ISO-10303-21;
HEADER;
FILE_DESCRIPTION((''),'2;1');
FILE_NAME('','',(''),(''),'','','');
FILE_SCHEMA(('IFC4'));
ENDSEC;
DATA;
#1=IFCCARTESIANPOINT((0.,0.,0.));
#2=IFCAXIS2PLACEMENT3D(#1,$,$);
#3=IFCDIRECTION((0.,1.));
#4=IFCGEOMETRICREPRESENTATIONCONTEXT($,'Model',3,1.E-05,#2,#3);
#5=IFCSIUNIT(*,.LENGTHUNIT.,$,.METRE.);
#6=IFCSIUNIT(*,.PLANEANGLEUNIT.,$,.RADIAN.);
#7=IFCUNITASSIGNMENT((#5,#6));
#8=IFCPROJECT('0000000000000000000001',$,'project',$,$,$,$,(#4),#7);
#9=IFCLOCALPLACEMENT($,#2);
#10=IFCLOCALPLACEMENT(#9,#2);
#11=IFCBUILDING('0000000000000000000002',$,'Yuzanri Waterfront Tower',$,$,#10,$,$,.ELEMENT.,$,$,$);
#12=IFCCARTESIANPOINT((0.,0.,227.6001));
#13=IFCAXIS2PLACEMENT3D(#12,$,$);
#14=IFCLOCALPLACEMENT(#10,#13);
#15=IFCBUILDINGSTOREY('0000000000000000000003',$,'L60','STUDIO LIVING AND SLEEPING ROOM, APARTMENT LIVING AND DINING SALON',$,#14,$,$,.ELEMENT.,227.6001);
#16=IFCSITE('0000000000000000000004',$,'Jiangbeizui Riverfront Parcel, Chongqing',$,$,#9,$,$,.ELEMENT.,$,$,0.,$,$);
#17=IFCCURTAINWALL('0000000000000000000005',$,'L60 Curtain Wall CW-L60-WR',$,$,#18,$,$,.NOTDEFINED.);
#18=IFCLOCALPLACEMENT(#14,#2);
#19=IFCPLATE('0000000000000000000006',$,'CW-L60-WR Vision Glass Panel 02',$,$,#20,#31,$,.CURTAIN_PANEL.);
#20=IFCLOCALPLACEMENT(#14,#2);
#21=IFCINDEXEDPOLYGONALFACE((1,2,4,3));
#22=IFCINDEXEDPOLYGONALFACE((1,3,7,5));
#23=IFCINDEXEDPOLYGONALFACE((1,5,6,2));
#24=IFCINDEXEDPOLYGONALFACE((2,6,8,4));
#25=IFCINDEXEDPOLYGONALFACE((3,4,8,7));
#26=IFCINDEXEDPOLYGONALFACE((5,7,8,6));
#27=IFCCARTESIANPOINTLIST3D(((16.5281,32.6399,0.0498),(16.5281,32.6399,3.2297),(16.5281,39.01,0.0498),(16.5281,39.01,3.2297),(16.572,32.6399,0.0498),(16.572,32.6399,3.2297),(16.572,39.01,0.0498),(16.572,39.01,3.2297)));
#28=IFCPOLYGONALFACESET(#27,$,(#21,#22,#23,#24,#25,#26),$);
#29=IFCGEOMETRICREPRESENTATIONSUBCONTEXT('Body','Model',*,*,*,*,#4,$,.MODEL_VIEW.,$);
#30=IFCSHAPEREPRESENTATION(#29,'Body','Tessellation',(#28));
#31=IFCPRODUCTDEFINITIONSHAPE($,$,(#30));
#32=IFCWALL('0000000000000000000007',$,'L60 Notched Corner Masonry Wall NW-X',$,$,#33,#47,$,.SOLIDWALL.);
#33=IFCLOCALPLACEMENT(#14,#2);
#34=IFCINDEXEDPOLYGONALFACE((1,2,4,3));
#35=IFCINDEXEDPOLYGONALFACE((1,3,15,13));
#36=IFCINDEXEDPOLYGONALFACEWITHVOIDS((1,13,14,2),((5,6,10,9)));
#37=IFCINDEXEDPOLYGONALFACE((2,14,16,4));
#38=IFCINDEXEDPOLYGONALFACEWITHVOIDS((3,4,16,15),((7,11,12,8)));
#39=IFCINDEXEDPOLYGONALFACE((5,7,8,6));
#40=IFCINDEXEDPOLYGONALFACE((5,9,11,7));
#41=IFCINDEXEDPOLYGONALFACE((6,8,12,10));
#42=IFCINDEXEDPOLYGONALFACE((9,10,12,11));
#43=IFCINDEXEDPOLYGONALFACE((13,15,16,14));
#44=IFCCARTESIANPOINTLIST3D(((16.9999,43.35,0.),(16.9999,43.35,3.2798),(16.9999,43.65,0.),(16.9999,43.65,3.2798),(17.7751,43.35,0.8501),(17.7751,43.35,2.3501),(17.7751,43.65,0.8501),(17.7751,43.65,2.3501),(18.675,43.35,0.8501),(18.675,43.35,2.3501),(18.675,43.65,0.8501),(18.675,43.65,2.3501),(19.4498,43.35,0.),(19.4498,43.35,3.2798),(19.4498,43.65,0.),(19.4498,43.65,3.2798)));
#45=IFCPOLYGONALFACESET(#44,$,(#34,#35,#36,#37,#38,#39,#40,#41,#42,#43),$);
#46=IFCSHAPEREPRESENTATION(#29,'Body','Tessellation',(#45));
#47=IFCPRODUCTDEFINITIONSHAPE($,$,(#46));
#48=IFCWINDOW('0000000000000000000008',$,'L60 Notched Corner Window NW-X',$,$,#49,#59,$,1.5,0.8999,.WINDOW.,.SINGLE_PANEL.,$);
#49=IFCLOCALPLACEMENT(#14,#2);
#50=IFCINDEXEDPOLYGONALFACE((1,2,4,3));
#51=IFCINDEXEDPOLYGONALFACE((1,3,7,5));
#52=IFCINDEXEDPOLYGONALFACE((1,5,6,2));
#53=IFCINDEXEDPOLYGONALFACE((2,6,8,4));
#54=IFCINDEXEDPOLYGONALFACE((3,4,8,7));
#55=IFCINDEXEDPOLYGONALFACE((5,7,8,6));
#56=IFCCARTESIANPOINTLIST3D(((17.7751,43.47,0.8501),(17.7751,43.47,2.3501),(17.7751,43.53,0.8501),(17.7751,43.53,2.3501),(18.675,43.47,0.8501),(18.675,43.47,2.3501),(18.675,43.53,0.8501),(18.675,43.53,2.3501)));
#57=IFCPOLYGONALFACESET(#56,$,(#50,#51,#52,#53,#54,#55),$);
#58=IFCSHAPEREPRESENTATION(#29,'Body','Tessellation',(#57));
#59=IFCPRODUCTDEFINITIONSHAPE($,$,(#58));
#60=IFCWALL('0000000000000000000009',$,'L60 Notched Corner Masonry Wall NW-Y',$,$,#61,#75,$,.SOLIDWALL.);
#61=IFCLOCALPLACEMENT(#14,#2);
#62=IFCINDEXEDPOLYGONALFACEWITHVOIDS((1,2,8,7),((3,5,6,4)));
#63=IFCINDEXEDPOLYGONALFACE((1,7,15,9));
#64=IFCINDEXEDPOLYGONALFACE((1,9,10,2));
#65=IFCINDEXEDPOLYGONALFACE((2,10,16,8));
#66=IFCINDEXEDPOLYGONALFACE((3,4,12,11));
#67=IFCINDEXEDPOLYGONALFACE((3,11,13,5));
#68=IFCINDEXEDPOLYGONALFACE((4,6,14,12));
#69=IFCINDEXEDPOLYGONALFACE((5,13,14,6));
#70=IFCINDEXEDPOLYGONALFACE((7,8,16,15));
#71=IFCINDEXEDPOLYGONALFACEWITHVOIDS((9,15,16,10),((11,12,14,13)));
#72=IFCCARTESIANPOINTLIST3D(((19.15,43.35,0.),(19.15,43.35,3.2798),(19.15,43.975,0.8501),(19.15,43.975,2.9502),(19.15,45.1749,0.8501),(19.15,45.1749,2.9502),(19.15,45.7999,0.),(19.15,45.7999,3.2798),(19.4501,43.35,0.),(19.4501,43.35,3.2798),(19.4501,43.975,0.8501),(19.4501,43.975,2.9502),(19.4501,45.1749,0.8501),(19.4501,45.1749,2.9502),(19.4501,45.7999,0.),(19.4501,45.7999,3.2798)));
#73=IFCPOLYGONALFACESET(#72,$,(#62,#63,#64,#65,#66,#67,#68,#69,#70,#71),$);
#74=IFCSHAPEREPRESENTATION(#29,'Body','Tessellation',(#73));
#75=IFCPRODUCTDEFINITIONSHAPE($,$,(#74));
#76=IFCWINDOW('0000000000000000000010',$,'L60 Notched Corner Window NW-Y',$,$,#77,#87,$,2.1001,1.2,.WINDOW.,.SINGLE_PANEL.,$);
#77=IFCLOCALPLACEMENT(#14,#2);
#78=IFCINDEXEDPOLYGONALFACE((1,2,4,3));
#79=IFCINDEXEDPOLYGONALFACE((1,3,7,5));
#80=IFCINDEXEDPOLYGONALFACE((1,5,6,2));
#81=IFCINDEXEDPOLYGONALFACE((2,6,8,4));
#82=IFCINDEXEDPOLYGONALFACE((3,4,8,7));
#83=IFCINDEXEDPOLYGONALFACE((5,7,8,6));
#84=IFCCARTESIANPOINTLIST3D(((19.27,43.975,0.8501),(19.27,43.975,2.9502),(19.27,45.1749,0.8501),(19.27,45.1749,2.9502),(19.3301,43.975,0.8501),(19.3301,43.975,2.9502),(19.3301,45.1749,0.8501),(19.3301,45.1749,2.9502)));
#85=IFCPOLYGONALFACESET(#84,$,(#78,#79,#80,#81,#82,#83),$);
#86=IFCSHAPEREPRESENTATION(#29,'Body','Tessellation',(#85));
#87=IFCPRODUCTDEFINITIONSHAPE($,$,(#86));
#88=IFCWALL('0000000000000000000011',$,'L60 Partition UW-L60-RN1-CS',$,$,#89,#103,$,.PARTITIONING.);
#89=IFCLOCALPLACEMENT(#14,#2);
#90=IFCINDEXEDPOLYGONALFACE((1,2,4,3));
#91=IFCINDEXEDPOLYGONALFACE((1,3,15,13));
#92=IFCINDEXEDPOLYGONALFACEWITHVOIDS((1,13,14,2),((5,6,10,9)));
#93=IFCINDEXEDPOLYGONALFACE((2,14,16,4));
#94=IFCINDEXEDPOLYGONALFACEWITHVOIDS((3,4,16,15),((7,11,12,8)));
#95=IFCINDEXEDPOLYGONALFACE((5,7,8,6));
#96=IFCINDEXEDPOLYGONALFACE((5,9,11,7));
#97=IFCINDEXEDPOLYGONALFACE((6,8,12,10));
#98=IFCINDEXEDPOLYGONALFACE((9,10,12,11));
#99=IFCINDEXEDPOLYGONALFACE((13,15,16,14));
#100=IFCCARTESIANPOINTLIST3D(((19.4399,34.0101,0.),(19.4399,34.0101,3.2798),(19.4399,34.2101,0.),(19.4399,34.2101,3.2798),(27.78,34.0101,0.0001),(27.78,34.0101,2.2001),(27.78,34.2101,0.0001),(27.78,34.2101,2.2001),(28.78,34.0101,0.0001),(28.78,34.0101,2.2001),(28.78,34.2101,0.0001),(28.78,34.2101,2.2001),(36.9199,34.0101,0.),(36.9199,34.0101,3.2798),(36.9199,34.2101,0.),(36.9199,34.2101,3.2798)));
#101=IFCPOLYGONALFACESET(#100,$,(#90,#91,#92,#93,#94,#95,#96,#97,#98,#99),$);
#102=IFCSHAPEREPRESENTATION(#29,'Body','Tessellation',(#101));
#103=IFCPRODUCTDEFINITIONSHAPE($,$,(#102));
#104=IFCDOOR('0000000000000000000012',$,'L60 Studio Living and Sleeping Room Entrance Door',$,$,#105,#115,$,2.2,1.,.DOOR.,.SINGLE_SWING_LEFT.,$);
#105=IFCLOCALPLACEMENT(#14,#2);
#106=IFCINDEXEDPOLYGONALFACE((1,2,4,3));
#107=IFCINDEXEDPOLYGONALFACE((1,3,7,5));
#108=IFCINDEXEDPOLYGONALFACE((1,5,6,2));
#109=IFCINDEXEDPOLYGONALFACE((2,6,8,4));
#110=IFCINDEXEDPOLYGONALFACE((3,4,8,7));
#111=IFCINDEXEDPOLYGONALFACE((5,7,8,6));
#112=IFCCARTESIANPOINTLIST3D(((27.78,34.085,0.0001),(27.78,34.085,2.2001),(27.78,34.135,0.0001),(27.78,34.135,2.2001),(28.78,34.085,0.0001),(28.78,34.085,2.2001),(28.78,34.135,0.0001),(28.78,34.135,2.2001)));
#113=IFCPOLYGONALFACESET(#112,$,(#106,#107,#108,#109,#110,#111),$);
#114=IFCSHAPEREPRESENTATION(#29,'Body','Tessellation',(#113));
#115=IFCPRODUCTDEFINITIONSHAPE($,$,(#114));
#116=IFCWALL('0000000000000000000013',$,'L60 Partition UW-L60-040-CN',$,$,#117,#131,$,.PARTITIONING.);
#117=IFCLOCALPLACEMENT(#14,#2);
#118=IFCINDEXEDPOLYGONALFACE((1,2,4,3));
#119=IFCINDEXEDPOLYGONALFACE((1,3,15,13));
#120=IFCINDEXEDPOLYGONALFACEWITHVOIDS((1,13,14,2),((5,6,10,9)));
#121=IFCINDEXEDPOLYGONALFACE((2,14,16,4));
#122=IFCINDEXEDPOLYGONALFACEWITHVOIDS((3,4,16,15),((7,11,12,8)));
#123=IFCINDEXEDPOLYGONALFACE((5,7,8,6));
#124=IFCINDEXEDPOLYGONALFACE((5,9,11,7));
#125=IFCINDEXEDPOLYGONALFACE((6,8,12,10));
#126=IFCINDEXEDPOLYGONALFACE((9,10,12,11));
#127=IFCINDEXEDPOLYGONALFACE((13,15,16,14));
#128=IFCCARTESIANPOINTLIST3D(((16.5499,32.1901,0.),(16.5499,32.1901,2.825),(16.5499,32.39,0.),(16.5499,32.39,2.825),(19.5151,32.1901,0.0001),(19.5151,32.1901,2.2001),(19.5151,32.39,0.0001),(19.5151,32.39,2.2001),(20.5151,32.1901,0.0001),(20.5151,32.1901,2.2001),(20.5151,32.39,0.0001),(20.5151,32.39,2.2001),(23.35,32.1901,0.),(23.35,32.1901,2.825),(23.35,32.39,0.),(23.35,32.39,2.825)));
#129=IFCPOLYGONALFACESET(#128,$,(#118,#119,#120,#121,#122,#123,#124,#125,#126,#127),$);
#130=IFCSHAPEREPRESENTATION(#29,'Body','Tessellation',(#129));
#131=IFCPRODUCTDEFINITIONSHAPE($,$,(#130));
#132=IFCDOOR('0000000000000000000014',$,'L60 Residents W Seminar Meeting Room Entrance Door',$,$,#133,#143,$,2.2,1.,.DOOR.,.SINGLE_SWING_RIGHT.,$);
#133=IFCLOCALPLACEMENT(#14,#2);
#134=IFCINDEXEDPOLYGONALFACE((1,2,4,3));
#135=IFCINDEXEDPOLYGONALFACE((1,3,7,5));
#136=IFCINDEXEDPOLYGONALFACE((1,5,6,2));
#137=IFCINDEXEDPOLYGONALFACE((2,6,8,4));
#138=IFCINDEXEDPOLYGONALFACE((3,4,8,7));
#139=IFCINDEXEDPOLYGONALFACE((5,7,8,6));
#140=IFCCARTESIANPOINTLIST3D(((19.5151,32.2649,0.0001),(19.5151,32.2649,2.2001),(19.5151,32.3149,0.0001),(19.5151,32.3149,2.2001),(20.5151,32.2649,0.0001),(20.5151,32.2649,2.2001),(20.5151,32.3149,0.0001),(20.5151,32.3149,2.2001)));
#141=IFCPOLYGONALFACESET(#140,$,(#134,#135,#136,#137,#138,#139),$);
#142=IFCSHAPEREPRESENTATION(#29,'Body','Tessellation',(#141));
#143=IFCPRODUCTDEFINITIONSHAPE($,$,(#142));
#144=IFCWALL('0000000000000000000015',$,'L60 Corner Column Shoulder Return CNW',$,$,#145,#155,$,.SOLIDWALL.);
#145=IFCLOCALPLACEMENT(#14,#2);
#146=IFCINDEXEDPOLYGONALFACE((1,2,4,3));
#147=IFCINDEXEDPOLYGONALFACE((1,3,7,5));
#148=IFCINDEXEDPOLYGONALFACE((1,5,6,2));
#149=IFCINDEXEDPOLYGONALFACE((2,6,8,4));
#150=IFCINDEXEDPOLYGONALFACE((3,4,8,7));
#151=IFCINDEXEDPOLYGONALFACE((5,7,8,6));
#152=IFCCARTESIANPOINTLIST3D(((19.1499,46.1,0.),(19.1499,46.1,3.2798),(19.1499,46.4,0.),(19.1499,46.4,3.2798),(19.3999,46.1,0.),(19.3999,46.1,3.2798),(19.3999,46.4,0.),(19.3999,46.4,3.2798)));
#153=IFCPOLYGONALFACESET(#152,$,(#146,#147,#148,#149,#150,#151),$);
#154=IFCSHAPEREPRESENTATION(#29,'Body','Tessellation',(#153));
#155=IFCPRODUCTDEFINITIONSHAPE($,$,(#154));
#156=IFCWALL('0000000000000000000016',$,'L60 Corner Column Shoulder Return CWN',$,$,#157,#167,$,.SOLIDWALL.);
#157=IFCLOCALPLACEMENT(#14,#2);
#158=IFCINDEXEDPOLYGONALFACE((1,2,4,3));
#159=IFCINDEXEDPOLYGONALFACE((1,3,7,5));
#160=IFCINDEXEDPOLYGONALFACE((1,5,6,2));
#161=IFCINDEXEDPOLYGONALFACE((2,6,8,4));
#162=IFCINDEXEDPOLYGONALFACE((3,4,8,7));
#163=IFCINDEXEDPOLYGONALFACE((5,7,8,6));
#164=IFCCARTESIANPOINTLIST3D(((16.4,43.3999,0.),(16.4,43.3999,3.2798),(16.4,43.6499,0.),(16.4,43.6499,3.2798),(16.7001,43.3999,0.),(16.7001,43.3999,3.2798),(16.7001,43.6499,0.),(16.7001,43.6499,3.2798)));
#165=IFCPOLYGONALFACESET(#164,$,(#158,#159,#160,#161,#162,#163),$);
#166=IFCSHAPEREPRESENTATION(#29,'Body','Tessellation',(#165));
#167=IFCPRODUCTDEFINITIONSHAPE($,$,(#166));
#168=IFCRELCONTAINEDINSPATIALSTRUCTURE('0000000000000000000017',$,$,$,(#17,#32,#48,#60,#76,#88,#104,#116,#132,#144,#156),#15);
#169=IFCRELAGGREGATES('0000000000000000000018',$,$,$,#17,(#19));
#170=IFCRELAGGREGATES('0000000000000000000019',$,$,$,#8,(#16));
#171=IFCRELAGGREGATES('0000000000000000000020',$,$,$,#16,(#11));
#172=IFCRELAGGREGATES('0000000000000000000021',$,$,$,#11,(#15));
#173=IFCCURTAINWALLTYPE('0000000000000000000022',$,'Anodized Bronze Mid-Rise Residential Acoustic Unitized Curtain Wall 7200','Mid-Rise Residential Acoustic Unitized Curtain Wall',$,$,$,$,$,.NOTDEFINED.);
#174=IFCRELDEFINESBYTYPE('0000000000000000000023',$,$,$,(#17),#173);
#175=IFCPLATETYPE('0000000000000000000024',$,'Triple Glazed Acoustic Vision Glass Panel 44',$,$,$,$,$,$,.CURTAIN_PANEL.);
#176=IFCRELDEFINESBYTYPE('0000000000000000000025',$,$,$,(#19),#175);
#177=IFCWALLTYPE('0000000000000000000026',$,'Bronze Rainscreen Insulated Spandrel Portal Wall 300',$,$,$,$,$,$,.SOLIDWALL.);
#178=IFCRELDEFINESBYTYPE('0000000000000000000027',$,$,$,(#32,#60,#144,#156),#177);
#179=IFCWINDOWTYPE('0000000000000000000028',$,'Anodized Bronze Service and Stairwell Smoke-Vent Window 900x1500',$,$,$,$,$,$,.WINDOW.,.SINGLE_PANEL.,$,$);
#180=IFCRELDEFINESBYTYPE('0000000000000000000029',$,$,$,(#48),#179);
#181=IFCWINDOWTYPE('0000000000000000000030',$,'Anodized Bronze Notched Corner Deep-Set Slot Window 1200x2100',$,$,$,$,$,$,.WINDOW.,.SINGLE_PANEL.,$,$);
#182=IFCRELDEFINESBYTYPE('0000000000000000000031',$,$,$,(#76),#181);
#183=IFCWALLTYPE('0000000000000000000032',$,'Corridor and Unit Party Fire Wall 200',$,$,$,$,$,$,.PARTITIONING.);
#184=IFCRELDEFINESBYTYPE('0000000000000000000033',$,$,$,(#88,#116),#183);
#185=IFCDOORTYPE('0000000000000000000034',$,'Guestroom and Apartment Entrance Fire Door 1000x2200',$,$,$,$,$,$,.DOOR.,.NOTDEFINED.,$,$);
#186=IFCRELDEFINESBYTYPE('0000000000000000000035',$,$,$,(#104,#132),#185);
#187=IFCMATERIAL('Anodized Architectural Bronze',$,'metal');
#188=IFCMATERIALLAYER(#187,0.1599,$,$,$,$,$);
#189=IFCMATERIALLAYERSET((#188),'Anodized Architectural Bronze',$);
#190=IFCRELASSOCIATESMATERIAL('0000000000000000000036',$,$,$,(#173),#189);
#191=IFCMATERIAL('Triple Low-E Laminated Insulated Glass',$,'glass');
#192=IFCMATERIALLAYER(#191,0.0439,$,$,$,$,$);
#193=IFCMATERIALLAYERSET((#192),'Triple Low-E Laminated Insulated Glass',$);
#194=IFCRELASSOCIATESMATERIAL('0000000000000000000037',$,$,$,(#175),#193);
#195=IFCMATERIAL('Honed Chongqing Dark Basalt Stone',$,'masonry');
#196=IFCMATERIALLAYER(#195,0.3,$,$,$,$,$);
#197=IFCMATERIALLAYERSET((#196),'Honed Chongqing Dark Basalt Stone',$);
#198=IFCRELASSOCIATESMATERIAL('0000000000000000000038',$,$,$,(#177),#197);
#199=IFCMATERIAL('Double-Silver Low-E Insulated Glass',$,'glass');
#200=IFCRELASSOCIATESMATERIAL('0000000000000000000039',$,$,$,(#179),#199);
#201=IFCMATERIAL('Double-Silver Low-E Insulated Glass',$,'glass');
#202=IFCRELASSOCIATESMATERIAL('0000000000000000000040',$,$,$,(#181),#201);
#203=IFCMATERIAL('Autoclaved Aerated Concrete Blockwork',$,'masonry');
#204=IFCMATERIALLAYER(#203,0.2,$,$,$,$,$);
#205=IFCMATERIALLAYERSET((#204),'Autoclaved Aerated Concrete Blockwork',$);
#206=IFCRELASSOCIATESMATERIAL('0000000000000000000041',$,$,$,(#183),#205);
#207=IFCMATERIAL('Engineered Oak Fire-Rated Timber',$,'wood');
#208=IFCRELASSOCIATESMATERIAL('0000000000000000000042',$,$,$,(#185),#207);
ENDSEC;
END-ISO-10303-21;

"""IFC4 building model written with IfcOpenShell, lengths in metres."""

from ifc_helpers import new_model, si_unit, direction, frame, frame_2d, origin, origin_2d, place, context, subcontext, project, spatial, rectangle, extrude, source, transform, mapped, material, layer, layer_set, type_object, element, fill, aggregate, save


model = new_model("IFC4")

# Units and contexts
model_context = context("Model", 3, precision=1e-05, world=origin(), true_north=direction((0.0, 1.0)))
body_context = subcontext(model_context, "Body", "Model", "MODEL_VIEW")
ifc_project = project(units=[si_unit("LENGTHUNIT", "METRE"), si_unit("PLANEANGLEUNIT", "RADIAN")], contexts=[model_context])

# Site, building, storey
site_placement = place(None, origin())
site = spatial("IfcSite", under=ifc_project, at=site_placement, Name="Jiangbeizui Riverfront Parcel, Chongqing", CompositionType="ELEMENT", RefElevation=0.0)
building_placement = place(site_placement, origin())
building = spatial("IfcBuilding", under=site, at=building_placement, Name="Yuzanri Waterfront Tower", CompositionType="ELEMENT")
storey_placement = place(building_placement, frame((0.0, 0.0, 227.6001)))
storey = spatial("IfcBuildingStorey", under=building, at=storey_placement, Name="L60", Description="STUDIO LIVING AND SLEEPING ROOM, APARTMENT LIVING AND DINING SALON", CompositionType="ELEMENT", Elevation=227.6001)

# Curtain wall
ifc_material_1 = material(Name="Anodized Architectural Bronze", Category="metal")
ifc_layer_1 = layer(ifc_material_1, 0.1599)
ifc_layer_set_1 = layer_set([ifc_layer_1], Name="Anodized Architectural Bronze")
curtain_wall_type = type_object("IfcCurtainWallType", Name="Anodized Bronze Mid-Rise Residential Acoustic Unitized Curtain Wall 7200", Description="Mid-Rise Residential Acoustic Unitized Curtain Wall", PredefinedType="NOTDEFINED", material=ifc_layer_set_1)
curtain_wall_placement = place(storey_placement, origin())
curtain_wall = element("IfcCurtainWall", 1, at=curtain_wall_placement, inside=storey, type_object=curtain_wall_type, Name="L60 Curtain Wall CW-L60-WR", PredefinedType="NOTDEFINED")

# Plate
ifc_material_2 = material(Name="Triple Low-E Laminated Insulated Glass", Category="glass")
ifc_layer_2 = layer(ifc_material_2, 0.0439)
ifc_layer_set_2 = layer_set([ifc_layer_2], Name="Triple Low-E Laminated Insulated Glass")
plate_type_1 = type_object("IfcPlateType", Name="Triple Glazed Acoustic Vision Glass Panel 44", PredefinedType="CURTAIN_PANEL", material=ifc_layer_set_2)
shared_shape_1 = source(origin(), body_context, "Body", "SweptSolid", [
    extrude(rectangle(XDim=6.3701, YDim=0.0439, at=origin_2d()), origin(), (0.0, 0.0, 1.0), 3.1799),
])
plate_1_placement = place(storey_placement, frame((16.55, 35.825, 0.0498), z_axis=(0.0, 0.0, 1.0), x_axis=(0.0, 1.0, 0.0)))
plate_1 = element("IfcPlate", 2, at=plate_1_placement, type_object=plate_type_1, Name="CW-L60-WR Vision Glass Panel 02", PredefinedType="CURTAIN_PANEL", context=body_context, shape_type="MappedRepresentation", body=[
    mapped(shared_shape_1, transform((0.0, 0.0, 0.0), scale=1.0)),
])
aggregate(curtain_wall, [plate_1])

# Walls, openings, windows
ifc_material_3 = material(Name="Honed Chongqing Dark Basalt Stone", Category="masonry")
ifc_layer_3 = layer(ifc_material_3, 0.3)
ifc_layer_set_3 = layer_set([ifc_layer_3], Name="Honed Chongqing Dark Basalt Stone")
wall_type_1 = type_object("IfcWallType", Name="Bronze Rainscreen Insulated Spandrel Portal Wall 300", PredefinedType="SOLIDWALL", material=ifc_layer_set_3)
wall_1_placement = place(storey_placement, frame((19.45, 43.5, 0.0), z_axis=(0.0, 0.0, 1.0), x_axis=(-1.0, 0.0, 0.0)))
wall_1 = element("IfcWall", 3, at=wall_1_placement, inside=storey, type_object=wall_type_1, Name="L60 Notched Corner Masonry Wall NW-X", PredefinedType="SOLIDWALL", context=body_context, shape_type="SweptSolid", body=[
    extrude(rectangle(XDim=2.45, YDim=0.3, at=frame_2d((1.2251, 0.0))), origin(), (0.0, 0.0, 1.0), 3.2798),
])
opening_1_placement = place(wall_1_placement, frame((0.7749, 0.0, 0.8501)))
opening_1 = element("IfcOpeningElement", 4, at=opening_1_placement, cuts=wall_1, PredefinedType="OPENING", context=body_context, shape_type="SweptSolid", body=[
    extrude(rectangle(XDim=0.8999, YDim=1.5, at=frame_2d((0.45, 0.75))), frame((0.0, 0.165, 0.0), z_axis=(0.0, -1.0, 0.0), x_axis=(1.0, 0.0, 0.0)), (0.0, 0.0, 1.0), 0.3298),
])
ifc_material_4 = material(Name="Double-Silver Low-E Insulated Glass", Category="glass")
window_type_1 = type_object("IfcWindowType", Name="Anodized Bronze Service and Stairwell Smoke-Vent Window 900x1500", PartitioningType="SINGLE_PANEL", PredefinedType="WINDOW", material=ifc_material_4)
shared_shape_2 = source(origin(), body_context, "Body", "SweptSolid", [
    extrude(rectangle(XDim=0.8999, YDim=1.5, at=frame_2d((0.45, 0.75))), frame((0.0, 0.03, 0.0), z_axis=(0.0, -1.0, 0.0), x_axis=(1.0, 0.0, 0.0)), (0.0, 0.0, 1.0), 0.0601),
])
window_1_placement = place(opening_1_placement, origin())
window_1 = element("IfcWindow", 5, at=window_1_placement, inside=storey, type_object=window_type_1, Name="L60 Notched Corner Window NW-X", OverallHeight=1.5, OverallWidth=0.8999, PartitioningType="SINGLE_PANEL", PredefinedType="WINDOW", context=body_context, shape_type="MappedRepresentation", body=[
    mapped(shared_shape_2, transform((0.0, 0.0, 0.0), scale=1.0)),
])
fill(opening_1, window_1)
wall_2_placement = place(storey_placement, frame((19.3, 45.8, 0.0), z_axis=(0.0, 0.0, 1.0), x_axis=(0.0, -1.0, 0.0)))
wall_2 = element("IfcWall", 6, at=wall_2_placement, inside=storey, type_object=wall_type_1, Name="L60 Notched Corner Masonry Wall NW-Y", PredefinedType="SOLIDWALL", context=body_context, shape_type="SweptSolid", body=[
    extrude(rectangle(XDim=2.45, YDim=0.3, at=frame_2d((1.2251, 0.0))), origin(), (0.0, 0.0, 1.0), 3.2798),
])
opening_2_placement = place(wall_2_placement, frame((0.625, 0.0, 0.8501)))
opening_2 = element("IfcOpeningElement", 7, at=opening_2_placement, cuts=wall_2, PredefinedType="OPENING", context=body_context, shape_type="SweptSolid", body=[
    extrude(rectangle(XDim=1.2, YDim=2.1001, at=frame_2d((0.6001, 1.05))), frame((0.0, 0.165, 0.0), z_axis=(0.0, -1.0, 0.0), x_axis=(1.0, 0.0, 0.0)), (0.0, 0.0, 1.0), 0.3298),
])
ifc_material_5 = material(Name="Double-Silver Low-E Insulated Glass", Category="glass")
window_type_2 = type_object("IfcWindowType", Name="Anodized Bronze Notched Corner Deep-Set Slot Window 1200x2100", PartitioningType="SINGLE_PANEL", PredefinedType="WINDOW", material=ifc_material_5)
shared_shape_3 = source(origin(), body_context, "Body", "SweptSolid", [
    extrude(rectangle(XDim=1.2, YDim=2.1001, at=frame_2d((0.6001, 1.05))), frame((0.0, 0.03, 0.0), z_axis=(0.0, -1.0, 0.0), x_axis=(1.0, 0.0, 0.0)), (0.0, 0.0, 1.0), 0.0601),
])
window_2_placement = place(opening_2_placement, origin())
window_2 = element("IfcWindow", 8, at=window_2_placement, inside=storey, type_object=window_type_2, Name="L60 Notched Corner Window NW-Y", OverallHeight=2.1001, OverallWidth=1.2, PartitioningType="SINGLE_PANEL", PredefinedType="WINDOW", context=body_context, shape_type="MappedRepresentation", body=[
    mapped(shared_shape_3, transform((0.0, 0.0, 0.0), scale=1.0)),
])
fill(opening_2, window_2)

# Walls, openings, doors
ifc_material_6 = material(Name="Autoclaved Aerated Concrete Blockwork", Category="masonry")
ifc_layer_4 = layer(ifc_material_6, 0.2)
ifc_layer_set_4 = layer_set([ifc_layer_4], Name="Autoclaved Aerated Concrete Blockwork")
wall_type_2 = type_object("IfcWallType", Name="Corridor and Unit Party Fire Wall 200", PredefinedType="PARTITIONING", material=ifc_layer_set_4)
wall_3_placement = place(storey_placement, frame((19.4399, 34.1101, 0.0), z_axis=(0.0, 0.0, 1.0), x_axis=(1.0, 0.0, 0.0)))
wall_3 = element("IfcWall", 9, at=wall_3_placement, inside=storey, type_object=wall_type_2, Name="L60 Partition UW-L60-RN1-CS", PredefinedType="PARTITIONING", context=body_context, shape_type="SweptSolid", body=[
    extrude(rectangle(XDim=17.48, YDim=0.2, at=frame_2d((8.74, 0.0))), origin(), (0.0, 0.0, 1.0), 3.2798),
])
opening_3_placement = place(wall_3_placement, frame((8.3401, 0.0, 0.0)))
opening_3 = element("IfcOpeningElement", 10, at=opening_3_placement, cuts=wall_3, PredefinedType="OPENING", context=body_context, shape_type="SweptSolid", body=[
    extrude(rectangle(XDim=1.0, YDim=2.2, at=frame_2d((0.5, 1.1001))), frame((0.0, 0.1147, 0.0), z_axis=(0.0, -1.0, 0.0), x_axis=(1.0, 0.0, 0.0)), (0.0, 0.0, 1.0), 0.2297),
])
ifc_material_7 = material(Name="Engineered Oak Fire-Rated Timber", Category="wood")
door_type = type_object("IfcDoorType", Name="Guestroom and Apartment Entrance Fire Door 1000x2200", OperationType="NOTDEFINED", PredefinedType="DOOR", material=ifc_material_7)
shared_shape_4 = source(origin(), body_context, "Body", "SweptSolid", [
    extrude(rectangle(XDim=1.0, YDim=2.2, at=frame_2d((0.5, 1.1001))), frame((0.0, 0.0249, 0.0), z_axis=(0.0, -1.0, 0.0), x_axis=(1.0, 0.0, 0.0)), (0.0, 0.0, 1.0), 0.05),
])
door_1_placement = place(opening_3_placement, origin())
door_1 = element("IfcDoor", 11, at=door_1_placement, inside=storey, type_object=door_type, Name="L60 Studio Living and Sleeping Room Entrance Door", OperationType="SINGLE_SWING_LEFT", OverallHeight=2.2, OverallWidth=1.0, PredefinedType="DOOR", context=body_context, shape_type="MappedRepresentation", body=[
    mapped(shared_shape_4, transform((0.0, 0.0, 0.0), scale=1.0)),
])
fill(opening_3, door_1)
wall_4_placement = place(storey_placement, frame((16.55, 32.29, 0.0), z_axis=(0.0, 0.0, 1.0), x_axis=(1.0, 0.0, 0.0)))
wall_4 = element("IfcWall", 12, at=wall_4_placement, inside=storey, type_object=wall_type_2, Name="L60 Partition UW-L60-040-CN", PredefinedType="PARTITIONING", context=body_context, shape_type="SweptSolid", body=[
    extrude(rectangle(XDim=6.8, YDim=0.2, at=frame_2d((3.3999, 0.0))), origin(), (0.0, 0.0, 1.0), 2.825),
])
opening_4_placement = place(wall_4_placement, frame((2.9651, 0.0, 0.0)))
opening_4 = element("IfcOpeningElement", 13, at=opening_4_placement, cuts=wall_4, PredefinedType="OPENING", context=body_context, shape_type="SweptSolid", body=[
    extrude(rectangle(XDim=1.0, YDim=2.2, at=frame_2d((0.5, 1.1001))), frame((0.0, 0.1147, 0.0), z_axis=(0.0, -1.0, 0.0), x_axis=(1.0, 0.0, 0.0)), (0.0, 0.0, 1.0), 0.2297),
])
door_2_placement = place(opening_4_placement, origin())
door_2 = element("IfcDoor", 14, at=door_2_placement, inside=storey, type_object=door_type, Name="L60 Residents W Seminar Meeting Room Entrance Door", OperationType="SINGLE_SWING_RIGHT", OverallHeight=2.2, OverallWidth=1.0, PredefinedType="DOOR", context=body_context, shape_type="MappedRepresentation", body=[
    mapped(shared_shape_4, transform((0.0, 0.0, 0.0), scale=1.0)),
])
fill(opening_4, door_2)

# Walls
shared_shape_5 = source(origin(), body_context, "Body", "SweptSolid", [
    extrude(rectangle(XDim=0.25, YDim=0.3, at=frame_2d((0.125, 0.0))), origin(), (0.0, 0.0, 1.0), 3.2798),
])
for number, where, z_axis, x_axis, name in (
    (15, (19.1499, 46.25, 0.0), (0.0, 0.0, 1.0), (1.0, 0.0, 0.0), "L60 Corner Column Shoulder Return CNW"),
    (16, (16.55, 43.3999, 0.0), (0.0, 0.0, 1.0), (0.0, 1.0, 0.0), "L60 Corner Column Shoulder Return CWN"),
):
    element("IfcWall", number, at=place(storey_placement, frame(where, z_axis=z_axis, x_axis=x_axis)), inside=storey, type_object=wall_type_1, Name=name, PredefinedType="SOLIDWALL", context=body_context, shape_type="MappedRepresentation", body=[
        mapped(shared_shape_5, transform((0.0, 0.0, 0.0), scale=1.0)),
    ])

save(model, "model.ifc")
